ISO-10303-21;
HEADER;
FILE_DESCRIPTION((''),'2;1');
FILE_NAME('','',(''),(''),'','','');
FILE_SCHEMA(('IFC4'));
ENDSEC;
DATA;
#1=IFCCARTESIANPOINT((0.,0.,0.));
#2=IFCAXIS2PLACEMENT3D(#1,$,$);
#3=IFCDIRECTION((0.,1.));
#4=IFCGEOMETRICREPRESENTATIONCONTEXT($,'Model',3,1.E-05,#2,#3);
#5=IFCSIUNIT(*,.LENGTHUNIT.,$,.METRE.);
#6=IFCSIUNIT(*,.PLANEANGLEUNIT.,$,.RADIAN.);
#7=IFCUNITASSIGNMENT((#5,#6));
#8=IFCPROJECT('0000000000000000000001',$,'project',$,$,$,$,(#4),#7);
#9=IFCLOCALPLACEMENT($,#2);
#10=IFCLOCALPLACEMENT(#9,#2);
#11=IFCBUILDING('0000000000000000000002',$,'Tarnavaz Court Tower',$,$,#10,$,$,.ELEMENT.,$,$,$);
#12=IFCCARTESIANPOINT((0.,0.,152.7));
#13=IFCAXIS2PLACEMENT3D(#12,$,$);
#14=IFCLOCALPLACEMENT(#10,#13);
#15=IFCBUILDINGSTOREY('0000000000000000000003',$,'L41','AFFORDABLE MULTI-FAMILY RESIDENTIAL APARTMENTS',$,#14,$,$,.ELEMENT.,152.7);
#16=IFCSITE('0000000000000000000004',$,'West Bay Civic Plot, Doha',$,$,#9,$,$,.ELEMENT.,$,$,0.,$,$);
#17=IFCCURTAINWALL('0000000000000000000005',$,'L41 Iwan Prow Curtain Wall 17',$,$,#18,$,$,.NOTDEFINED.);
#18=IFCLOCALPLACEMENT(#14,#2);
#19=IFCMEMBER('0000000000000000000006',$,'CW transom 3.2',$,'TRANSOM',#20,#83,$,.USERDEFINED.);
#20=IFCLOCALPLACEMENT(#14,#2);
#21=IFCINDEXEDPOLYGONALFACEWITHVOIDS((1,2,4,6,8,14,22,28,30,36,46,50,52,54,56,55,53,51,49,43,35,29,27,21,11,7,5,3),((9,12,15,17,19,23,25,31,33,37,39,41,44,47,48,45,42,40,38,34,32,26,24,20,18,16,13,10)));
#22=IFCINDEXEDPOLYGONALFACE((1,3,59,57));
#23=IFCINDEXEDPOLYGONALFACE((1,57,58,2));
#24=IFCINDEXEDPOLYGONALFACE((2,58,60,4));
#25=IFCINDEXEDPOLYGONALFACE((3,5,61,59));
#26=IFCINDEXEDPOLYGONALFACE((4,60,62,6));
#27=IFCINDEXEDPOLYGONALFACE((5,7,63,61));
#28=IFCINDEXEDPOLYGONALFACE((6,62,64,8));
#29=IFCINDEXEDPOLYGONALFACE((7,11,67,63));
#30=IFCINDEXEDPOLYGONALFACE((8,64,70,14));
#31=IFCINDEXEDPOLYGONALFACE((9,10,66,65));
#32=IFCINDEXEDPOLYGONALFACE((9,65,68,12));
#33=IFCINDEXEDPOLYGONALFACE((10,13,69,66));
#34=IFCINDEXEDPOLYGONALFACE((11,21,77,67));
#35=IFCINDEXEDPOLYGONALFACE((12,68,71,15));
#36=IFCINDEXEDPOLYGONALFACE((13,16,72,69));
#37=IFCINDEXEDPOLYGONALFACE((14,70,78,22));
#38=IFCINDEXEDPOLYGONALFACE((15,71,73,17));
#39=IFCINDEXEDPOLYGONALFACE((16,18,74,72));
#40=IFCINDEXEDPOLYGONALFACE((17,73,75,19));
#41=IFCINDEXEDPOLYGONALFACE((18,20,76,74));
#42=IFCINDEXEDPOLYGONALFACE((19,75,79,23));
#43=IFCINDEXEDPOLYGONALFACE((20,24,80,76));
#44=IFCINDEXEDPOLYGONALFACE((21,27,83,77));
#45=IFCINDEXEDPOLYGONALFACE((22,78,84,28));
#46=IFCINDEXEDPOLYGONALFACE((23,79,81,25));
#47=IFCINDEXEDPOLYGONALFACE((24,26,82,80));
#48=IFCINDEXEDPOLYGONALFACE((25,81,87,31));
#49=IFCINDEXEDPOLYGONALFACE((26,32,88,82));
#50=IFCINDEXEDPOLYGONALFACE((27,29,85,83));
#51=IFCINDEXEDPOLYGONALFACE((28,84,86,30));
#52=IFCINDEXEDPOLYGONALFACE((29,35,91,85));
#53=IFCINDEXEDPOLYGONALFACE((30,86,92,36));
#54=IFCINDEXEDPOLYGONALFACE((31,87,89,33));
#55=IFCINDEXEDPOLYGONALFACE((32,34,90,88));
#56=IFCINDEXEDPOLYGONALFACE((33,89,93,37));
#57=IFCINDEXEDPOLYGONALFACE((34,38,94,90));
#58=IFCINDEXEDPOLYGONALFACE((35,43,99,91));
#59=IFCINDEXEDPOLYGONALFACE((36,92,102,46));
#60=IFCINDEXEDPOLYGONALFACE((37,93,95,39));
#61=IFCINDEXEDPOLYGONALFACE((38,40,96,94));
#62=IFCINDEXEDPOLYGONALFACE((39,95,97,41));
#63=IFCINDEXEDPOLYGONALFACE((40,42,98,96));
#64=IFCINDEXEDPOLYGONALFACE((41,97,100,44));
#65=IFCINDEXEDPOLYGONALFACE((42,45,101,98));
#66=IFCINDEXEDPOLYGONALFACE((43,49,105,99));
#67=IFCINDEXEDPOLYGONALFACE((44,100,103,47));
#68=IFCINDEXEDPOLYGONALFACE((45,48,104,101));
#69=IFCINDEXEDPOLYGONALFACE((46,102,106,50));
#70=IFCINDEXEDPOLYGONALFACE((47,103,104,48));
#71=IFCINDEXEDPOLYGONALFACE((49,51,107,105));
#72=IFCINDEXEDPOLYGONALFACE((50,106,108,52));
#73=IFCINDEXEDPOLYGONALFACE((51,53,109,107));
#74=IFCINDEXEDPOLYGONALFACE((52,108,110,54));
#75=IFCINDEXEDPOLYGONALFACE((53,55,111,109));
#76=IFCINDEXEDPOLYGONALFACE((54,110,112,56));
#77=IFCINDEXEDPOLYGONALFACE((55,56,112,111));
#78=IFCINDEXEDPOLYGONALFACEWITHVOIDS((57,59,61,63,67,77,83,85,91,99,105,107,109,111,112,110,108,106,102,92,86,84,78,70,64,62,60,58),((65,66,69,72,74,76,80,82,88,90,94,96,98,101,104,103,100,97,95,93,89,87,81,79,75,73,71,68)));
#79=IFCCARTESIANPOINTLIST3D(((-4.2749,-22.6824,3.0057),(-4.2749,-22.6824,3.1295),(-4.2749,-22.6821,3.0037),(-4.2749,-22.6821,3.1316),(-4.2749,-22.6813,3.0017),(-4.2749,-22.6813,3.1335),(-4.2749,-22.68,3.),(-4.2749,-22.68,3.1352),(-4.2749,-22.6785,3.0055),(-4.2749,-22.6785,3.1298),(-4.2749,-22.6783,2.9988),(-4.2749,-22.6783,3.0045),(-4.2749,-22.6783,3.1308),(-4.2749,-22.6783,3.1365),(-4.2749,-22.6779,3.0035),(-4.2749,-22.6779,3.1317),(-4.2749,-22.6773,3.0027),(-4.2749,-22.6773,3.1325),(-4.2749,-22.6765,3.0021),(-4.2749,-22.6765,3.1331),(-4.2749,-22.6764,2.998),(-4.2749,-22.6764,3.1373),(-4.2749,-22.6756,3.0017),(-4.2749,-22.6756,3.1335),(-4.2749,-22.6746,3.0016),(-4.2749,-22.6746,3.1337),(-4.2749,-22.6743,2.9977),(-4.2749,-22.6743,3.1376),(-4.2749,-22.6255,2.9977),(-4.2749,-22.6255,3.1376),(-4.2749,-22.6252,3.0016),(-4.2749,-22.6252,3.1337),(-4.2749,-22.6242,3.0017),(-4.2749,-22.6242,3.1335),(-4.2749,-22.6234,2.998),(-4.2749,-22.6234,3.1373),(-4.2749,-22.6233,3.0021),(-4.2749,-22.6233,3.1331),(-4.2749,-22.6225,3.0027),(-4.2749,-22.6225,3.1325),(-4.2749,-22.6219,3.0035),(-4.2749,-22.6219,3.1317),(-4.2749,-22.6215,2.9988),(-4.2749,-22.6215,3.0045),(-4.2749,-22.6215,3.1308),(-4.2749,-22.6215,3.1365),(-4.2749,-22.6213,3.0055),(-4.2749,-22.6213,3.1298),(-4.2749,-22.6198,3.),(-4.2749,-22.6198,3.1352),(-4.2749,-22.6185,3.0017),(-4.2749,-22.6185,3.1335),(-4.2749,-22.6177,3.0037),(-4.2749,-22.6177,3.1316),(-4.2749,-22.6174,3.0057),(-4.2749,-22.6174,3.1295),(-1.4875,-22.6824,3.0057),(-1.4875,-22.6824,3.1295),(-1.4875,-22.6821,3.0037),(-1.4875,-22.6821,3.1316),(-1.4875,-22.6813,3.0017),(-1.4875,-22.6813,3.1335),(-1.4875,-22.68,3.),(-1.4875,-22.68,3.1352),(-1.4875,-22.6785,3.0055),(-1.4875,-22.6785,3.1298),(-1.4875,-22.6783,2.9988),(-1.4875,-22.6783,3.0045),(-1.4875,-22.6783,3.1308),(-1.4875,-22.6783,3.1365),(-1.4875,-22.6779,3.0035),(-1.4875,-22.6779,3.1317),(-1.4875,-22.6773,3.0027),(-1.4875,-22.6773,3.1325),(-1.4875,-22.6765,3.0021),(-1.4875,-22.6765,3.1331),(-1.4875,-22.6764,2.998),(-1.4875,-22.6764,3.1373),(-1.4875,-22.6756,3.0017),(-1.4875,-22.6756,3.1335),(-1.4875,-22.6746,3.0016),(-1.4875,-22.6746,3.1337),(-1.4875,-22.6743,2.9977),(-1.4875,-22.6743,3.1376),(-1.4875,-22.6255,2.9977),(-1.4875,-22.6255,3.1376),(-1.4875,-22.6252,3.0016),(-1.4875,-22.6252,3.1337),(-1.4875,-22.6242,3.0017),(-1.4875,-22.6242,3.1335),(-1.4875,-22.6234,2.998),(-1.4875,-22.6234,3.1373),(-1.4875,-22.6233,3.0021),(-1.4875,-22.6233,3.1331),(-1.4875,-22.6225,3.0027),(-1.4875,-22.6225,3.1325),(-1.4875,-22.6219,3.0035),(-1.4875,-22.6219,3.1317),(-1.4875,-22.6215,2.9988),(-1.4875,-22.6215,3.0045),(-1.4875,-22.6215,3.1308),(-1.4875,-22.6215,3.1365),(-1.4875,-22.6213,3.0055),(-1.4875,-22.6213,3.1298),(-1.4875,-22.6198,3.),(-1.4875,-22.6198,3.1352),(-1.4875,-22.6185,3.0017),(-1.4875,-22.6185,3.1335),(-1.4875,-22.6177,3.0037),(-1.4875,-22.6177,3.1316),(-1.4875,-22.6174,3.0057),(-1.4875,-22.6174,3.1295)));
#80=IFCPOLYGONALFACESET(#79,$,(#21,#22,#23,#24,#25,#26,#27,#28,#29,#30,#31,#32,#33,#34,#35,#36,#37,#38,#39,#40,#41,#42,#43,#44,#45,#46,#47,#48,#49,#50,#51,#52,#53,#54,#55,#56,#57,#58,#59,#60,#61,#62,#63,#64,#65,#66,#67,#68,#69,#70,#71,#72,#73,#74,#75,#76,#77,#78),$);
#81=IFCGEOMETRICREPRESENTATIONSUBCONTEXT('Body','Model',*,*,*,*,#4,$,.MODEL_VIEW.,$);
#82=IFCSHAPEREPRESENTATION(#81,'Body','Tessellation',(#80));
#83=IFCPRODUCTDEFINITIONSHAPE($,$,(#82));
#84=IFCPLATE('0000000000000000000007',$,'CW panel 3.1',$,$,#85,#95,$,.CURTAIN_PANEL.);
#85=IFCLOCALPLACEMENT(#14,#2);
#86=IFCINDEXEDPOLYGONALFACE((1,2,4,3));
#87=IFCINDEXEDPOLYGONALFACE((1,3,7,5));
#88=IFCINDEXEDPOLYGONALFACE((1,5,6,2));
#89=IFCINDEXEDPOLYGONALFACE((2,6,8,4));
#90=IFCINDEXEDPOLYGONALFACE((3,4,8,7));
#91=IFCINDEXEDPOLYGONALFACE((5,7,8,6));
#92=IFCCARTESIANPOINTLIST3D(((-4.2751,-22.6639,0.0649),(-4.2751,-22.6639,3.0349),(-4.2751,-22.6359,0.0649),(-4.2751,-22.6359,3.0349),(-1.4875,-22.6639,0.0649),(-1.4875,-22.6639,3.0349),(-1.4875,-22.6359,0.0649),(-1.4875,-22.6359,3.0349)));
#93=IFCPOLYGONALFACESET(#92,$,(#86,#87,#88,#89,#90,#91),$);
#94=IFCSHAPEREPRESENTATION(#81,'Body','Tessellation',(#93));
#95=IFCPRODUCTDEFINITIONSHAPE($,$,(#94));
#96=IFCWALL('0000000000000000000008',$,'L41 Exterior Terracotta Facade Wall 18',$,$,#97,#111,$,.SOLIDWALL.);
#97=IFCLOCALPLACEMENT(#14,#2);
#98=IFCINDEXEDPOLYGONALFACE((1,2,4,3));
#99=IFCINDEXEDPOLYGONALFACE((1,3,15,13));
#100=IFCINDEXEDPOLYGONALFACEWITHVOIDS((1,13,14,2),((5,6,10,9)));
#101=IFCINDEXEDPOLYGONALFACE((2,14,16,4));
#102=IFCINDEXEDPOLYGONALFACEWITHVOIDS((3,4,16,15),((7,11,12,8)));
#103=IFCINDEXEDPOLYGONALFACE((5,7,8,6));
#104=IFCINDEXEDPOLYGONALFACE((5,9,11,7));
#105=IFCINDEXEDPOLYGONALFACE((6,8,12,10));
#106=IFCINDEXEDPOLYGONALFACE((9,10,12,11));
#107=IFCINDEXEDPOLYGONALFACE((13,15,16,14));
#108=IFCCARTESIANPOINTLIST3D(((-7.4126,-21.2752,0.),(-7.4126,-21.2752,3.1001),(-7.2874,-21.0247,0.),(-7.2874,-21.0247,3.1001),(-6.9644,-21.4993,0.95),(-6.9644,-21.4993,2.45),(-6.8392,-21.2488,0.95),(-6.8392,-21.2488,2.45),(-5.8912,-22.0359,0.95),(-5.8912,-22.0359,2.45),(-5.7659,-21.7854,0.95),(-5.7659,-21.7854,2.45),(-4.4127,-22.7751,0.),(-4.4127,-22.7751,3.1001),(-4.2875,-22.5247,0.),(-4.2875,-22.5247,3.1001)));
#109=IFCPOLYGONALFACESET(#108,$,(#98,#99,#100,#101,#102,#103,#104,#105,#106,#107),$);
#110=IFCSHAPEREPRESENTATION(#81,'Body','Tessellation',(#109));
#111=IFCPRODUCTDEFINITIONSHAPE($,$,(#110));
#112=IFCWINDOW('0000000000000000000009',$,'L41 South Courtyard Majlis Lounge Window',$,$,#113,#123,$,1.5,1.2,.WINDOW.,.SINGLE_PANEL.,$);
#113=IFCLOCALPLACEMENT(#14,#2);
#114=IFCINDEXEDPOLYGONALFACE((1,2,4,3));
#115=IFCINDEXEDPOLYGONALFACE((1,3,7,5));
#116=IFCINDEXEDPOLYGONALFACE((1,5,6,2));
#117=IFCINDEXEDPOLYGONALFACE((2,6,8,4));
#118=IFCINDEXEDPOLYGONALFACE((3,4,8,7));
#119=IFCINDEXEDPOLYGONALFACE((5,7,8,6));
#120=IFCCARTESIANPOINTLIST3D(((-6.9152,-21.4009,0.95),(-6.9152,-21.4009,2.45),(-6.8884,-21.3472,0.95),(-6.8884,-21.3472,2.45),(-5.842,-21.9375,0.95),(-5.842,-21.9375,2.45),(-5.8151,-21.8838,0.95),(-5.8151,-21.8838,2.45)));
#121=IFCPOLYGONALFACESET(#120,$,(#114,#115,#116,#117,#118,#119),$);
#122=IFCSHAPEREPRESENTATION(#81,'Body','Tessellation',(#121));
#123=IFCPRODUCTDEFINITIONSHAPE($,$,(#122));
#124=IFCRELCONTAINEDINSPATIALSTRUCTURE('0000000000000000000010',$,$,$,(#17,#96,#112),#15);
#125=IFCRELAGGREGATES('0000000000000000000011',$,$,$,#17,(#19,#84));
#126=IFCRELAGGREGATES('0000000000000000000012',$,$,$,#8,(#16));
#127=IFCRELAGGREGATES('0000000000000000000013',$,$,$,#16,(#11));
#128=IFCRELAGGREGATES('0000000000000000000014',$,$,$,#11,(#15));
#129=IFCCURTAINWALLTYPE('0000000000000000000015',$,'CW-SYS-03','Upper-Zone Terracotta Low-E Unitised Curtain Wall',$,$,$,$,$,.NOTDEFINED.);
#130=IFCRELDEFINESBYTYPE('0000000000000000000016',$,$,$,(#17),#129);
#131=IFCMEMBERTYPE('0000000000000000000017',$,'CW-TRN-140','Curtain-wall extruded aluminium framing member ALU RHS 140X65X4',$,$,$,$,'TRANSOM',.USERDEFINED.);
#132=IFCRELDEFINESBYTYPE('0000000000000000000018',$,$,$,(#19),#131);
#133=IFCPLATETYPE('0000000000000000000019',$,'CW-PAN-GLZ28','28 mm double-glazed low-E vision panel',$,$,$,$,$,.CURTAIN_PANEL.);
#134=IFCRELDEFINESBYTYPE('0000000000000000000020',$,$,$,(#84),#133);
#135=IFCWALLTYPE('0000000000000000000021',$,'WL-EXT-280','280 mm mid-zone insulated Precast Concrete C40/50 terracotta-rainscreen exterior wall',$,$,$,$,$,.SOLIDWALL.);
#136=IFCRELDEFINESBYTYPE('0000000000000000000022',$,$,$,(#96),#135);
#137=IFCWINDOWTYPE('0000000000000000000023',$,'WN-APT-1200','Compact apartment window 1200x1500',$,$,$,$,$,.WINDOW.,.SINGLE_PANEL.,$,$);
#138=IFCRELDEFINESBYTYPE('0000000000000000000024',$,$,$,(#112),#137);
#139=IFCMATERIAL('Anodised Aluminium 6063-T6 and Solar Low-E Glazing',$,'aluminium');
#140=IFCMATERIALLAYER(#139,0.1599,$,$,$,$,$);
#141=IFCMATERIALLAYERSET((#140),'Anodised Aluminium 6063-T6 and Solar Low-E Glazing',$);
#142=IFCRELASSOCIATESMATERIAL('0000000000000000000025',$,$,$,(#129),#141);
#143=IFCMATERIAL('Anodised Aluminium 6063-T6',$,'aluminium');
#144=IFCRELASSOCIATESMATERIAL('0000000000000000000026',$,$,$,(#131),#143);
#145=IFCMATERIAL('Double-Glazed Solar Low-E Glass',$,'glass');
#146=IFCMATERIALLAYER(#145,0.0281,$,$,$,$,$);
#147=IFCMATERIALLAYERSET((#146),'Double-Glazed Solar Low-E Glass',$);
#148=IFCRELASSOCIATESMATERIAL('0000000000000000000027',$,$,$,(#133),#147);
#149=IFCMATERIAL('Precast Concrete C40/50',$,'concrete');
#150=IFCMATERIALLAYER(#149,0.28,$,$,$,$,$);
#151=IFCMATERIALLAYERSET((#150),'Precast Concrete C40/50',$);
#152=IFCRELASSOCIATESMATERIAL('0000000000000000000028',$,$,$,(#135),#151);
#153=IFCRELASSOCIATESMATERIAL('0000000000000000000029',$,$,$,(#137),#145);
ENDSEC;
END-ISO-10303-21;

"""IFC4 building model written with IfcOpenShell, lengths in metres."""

from ifc_helpers import new_model, si_unit, direction, frame, frame_2d, origin, origin_2d, place, context, subcontext, project, spatial, rectangle, hollow_rectangle, extrude, material, layer, layer_set, material_profile, profile_set, type_object, element, fill, aggregate, save


model = new_model("IFC4")

# Units and contexts
model_context = context("Model", 3, precision=1e-05, world=origin(), true_north=direction((0.0, 1.0)))
body_context = subcontext(model_context, "Body", "Model", "MODEL_VIEW")
ifc_project = project(units=[si_unit("LENGTHUNIT", "METRE"), si_unit("PLANEANGLEUNIT", "RADIAN")], contexts=[model_context])

# Site, building, storey
site_placement = place(None, origin())
site = spatial("IfcSite", under=ifc_project, at=site_placement, Name="West Bay Civic Plot, Doha", CompositionType="ELEMENT", RefElevation=0.0)
building_placement = place(site_placement, origin())
building = spatial("IfcBuilding", under=site, at=building_placement, Name="Tarnavaz Court Tower", CompositionType="ELEMENT")
storey_placement = place(building_placement, frame((0.0, 0.0, 152.7)))
storey = spatial("IfcBuildingStorey", under=building, at=storey_placement, Name="L41", Description="AFFORDABLE MULTI-FAMILY RESIDENTIAL APARTMENTS", CompositionType="ELEMENT", Elevation=152.7)

# Curtain wall, member, plate
ifc_material_1 = material(Name="Anodised Aluminium 6063-T6 and Solar Low-E Glazing", Category="aluminium")
ifc_layer_1 = layer(ifc_material_1, 0.1599)
ifc_layer_set_1 = layer_set([ifc_layer_1], Name="Anodised Aluminium 6063-T6 and Solar Low-E Glazing")
curtain_wall_type = type_object("IfcCurtainWallType", Name="CW-SYS-03", Description="Upper-Zone Terracotta Low-E Unitised Curtain Wall", PredefinedType="NOTDEFINED", material=ifc_layer_set_1)
curtain_wall_placement = place(storey_placement, origin())
curtain_wall = element("IfcCurtainWall", 1, at=curtain_wall_placement, inside=storey, type_object=curtain_wall_type, Name="L41 Iwan Prow Curtain Wall 17", PredefinedType="NOTDEFINED")
ifc_material_2 = material(Name="Anodised Aluminium 6063-T6", Category="aluminium")
ifc_material_profile_1 = material_profile(ifc_material_2, hollow_rectangle(XDim=0.0649, YDim=0.1399, WallThickness=0.0039, InnerFilletRadius=0.0039, OuterFilletRadius=0.0081, at=origin_2d()), Name="ALU RHS 140X65X4")
ifc_profile_set_1 = profile_set([ifc_material_profile_1], Name="Anodised Aluminium 6063-T6")
member_type_1 = type_object("IfcMemberType", Name="CW-TRN-140", Description="Curtain-wall extruded aluminium framing member ALU RHS 140X65X4", ElementType="TRANSOM", PredefinedType="USERDEFINED", material=ifc_profile_set_1)
member_1_placement = place(storey_placement, frame((-1.4875, -22.6499, 3.0676), z_axis=(-1.0, 0.0, 0.0), x_axis=(0.0, -1.0, 0.0)))
member_1 = element("IfcMember", 2, at=member_1_placement, type_object=member_type_1, Name="CW transom 3.2", ObjectType="TRANSOM", PredefinedType="USERDEFINED", context=body_context, shape_type="SweptSolid", body=[
    extrude(hollow_rectangle(XDim=0.0649, YDim=0.1399, WallThickness=0.0039, InnerFilletRadius=0.0039, OuterFilletRadius=0.0081, at=origin_2d()), origin(), (0.0, 0.0, 1.0), 2.7874),
])
ifc_material_3 = material(Name="Double-Glazed Solar Low-E Glass", Category="glass")
ifc_layer_2 = layer(ifc_material_3, 0.0281)
ifc_layer_set_2 = layer_set([ifc_layer_2], Name="Double-Glazed Solar Low-E Glass")
plate_type = type_object("IfcPlateType", Name="CW-PAN-GLZ28", Description="28 mm double-glazed low-E vision panel", PredefinedType="CURTAIN_PANEL", material=ifc_layer_set_2)
plate_placement = place(storey_placement, frame((-2.8813, -22.6499, 0.0649), z_axis=(0.0, 0.0, 1.0), x_axis=(-1.0, 0.0, 0.0)))
plate = element("IfcPlate", 3, at=plate_placement, type_object=plate_type, Name="CW panel 3.1", PredefinedType="CURTAIN_PANEL", context=body_context, shape_type="SweptSolid", body=[
    extrude(rectangle(XDim=2.7876, YDim=0.0281, at=origin_2d()), origin(), (0.0, 0.0, 1.0), 2.97),
])
aggregate(curtain_wall, [member_1, plate])

# Wall, opening, window
ifc_material_4 = material(Name="Precast Concrete C40/50", Category="concrete")
ifc_layer_3 = layer(ifc_material_4, 0.28)
ifc_layer_set_3 = layer_set([ifc_layer_3], Name="Precast Concrete C40/50")
wall_type_1 = type_object("IfcWallType", Name="WL-EXT-280", Description="280 mm mid-zone insulated Precast Concrete C40/50 terracotta-rainscreen exterior wall", PredefinedType="SOLIDWALL", material=ifc_layer_set_3)
wall_1_placement = place(storey_placement, frame((-4.3501, -22.6499, 0.0), z_axis=(0.0, 0.0, 1.0), x_axis=(-0.894427, 0.447214, 0.0)))
wall_1 = element("IfcWall", 4, at=wall_1_placement, inside=storey, type_object=wall_type_1, Name="L41 Exterior Terracotta Facade Wall 18", PredefinedType="SOLIDWALL", context=body_context, shape_type="SweptSolid", body=[
    extrude(rectangle(XDim=3.354, YDim=0.28, at=frame_2d((1.677, 0.0))), origin(), (0.0, 0.0, 1.0), 3.1001),
])
opening_1_placement = place(wall_1_placement, frame((1.6528, 0.0, 0.95)))
opening_1 = element("IfcOpeningElement", 5, at=opening_1_placement, cuts=wall_1, PredefinedType="OPENING", context=body_context, shape_type="SweptSolid", body=[
    extrude(rectangle(XDim=1.2, YDim=1.5, at=frame_2d((0.6001, 0.75))), frame((0.0, 0.1499, 0.0), z_axis=(0.0, -1.0, 0.0), x_axis=(1.0, 0.0, 0.0)), (0.0, 0.0, 1.0), 0.3),
])
window_type_1 = type_object("IfcWindowType", Name="WN-APT-1200", Description="Compact apartment window 1200x1500", PartitioningType="SINGLE_PANEL", PredefinedType="WINDOW", material=ifc_material_3)
window_1_placement = place(opening_1_placement, origin())
window_1 = element("IfcWindow", 6, at=window_1_placement, inside=storey, type_object=window_type_1, Name="L41 South Courtyard Majlis Lounge Window", OverallHeight=1.5, OverallWidth=1.2, PartitioningType="SINGLE_PANEL", PredefinedType="WINDOW", context=body_context, shape_type="SweptSolid", body=[
    extrude(rectangle(XDim=1.2, YDim=1.5, at=frame_2d((0.6001, 0.75))), frame((0.0, 0.03, 0.0), z_axis=(0.0, -1.0, 0.0), x_axis=(1.0, 0.0, 0.0)), (0.0, 0.0, 1.0), 0.0601),
])
fill(opening_1, window_1)

save(model, "model.ifc")
